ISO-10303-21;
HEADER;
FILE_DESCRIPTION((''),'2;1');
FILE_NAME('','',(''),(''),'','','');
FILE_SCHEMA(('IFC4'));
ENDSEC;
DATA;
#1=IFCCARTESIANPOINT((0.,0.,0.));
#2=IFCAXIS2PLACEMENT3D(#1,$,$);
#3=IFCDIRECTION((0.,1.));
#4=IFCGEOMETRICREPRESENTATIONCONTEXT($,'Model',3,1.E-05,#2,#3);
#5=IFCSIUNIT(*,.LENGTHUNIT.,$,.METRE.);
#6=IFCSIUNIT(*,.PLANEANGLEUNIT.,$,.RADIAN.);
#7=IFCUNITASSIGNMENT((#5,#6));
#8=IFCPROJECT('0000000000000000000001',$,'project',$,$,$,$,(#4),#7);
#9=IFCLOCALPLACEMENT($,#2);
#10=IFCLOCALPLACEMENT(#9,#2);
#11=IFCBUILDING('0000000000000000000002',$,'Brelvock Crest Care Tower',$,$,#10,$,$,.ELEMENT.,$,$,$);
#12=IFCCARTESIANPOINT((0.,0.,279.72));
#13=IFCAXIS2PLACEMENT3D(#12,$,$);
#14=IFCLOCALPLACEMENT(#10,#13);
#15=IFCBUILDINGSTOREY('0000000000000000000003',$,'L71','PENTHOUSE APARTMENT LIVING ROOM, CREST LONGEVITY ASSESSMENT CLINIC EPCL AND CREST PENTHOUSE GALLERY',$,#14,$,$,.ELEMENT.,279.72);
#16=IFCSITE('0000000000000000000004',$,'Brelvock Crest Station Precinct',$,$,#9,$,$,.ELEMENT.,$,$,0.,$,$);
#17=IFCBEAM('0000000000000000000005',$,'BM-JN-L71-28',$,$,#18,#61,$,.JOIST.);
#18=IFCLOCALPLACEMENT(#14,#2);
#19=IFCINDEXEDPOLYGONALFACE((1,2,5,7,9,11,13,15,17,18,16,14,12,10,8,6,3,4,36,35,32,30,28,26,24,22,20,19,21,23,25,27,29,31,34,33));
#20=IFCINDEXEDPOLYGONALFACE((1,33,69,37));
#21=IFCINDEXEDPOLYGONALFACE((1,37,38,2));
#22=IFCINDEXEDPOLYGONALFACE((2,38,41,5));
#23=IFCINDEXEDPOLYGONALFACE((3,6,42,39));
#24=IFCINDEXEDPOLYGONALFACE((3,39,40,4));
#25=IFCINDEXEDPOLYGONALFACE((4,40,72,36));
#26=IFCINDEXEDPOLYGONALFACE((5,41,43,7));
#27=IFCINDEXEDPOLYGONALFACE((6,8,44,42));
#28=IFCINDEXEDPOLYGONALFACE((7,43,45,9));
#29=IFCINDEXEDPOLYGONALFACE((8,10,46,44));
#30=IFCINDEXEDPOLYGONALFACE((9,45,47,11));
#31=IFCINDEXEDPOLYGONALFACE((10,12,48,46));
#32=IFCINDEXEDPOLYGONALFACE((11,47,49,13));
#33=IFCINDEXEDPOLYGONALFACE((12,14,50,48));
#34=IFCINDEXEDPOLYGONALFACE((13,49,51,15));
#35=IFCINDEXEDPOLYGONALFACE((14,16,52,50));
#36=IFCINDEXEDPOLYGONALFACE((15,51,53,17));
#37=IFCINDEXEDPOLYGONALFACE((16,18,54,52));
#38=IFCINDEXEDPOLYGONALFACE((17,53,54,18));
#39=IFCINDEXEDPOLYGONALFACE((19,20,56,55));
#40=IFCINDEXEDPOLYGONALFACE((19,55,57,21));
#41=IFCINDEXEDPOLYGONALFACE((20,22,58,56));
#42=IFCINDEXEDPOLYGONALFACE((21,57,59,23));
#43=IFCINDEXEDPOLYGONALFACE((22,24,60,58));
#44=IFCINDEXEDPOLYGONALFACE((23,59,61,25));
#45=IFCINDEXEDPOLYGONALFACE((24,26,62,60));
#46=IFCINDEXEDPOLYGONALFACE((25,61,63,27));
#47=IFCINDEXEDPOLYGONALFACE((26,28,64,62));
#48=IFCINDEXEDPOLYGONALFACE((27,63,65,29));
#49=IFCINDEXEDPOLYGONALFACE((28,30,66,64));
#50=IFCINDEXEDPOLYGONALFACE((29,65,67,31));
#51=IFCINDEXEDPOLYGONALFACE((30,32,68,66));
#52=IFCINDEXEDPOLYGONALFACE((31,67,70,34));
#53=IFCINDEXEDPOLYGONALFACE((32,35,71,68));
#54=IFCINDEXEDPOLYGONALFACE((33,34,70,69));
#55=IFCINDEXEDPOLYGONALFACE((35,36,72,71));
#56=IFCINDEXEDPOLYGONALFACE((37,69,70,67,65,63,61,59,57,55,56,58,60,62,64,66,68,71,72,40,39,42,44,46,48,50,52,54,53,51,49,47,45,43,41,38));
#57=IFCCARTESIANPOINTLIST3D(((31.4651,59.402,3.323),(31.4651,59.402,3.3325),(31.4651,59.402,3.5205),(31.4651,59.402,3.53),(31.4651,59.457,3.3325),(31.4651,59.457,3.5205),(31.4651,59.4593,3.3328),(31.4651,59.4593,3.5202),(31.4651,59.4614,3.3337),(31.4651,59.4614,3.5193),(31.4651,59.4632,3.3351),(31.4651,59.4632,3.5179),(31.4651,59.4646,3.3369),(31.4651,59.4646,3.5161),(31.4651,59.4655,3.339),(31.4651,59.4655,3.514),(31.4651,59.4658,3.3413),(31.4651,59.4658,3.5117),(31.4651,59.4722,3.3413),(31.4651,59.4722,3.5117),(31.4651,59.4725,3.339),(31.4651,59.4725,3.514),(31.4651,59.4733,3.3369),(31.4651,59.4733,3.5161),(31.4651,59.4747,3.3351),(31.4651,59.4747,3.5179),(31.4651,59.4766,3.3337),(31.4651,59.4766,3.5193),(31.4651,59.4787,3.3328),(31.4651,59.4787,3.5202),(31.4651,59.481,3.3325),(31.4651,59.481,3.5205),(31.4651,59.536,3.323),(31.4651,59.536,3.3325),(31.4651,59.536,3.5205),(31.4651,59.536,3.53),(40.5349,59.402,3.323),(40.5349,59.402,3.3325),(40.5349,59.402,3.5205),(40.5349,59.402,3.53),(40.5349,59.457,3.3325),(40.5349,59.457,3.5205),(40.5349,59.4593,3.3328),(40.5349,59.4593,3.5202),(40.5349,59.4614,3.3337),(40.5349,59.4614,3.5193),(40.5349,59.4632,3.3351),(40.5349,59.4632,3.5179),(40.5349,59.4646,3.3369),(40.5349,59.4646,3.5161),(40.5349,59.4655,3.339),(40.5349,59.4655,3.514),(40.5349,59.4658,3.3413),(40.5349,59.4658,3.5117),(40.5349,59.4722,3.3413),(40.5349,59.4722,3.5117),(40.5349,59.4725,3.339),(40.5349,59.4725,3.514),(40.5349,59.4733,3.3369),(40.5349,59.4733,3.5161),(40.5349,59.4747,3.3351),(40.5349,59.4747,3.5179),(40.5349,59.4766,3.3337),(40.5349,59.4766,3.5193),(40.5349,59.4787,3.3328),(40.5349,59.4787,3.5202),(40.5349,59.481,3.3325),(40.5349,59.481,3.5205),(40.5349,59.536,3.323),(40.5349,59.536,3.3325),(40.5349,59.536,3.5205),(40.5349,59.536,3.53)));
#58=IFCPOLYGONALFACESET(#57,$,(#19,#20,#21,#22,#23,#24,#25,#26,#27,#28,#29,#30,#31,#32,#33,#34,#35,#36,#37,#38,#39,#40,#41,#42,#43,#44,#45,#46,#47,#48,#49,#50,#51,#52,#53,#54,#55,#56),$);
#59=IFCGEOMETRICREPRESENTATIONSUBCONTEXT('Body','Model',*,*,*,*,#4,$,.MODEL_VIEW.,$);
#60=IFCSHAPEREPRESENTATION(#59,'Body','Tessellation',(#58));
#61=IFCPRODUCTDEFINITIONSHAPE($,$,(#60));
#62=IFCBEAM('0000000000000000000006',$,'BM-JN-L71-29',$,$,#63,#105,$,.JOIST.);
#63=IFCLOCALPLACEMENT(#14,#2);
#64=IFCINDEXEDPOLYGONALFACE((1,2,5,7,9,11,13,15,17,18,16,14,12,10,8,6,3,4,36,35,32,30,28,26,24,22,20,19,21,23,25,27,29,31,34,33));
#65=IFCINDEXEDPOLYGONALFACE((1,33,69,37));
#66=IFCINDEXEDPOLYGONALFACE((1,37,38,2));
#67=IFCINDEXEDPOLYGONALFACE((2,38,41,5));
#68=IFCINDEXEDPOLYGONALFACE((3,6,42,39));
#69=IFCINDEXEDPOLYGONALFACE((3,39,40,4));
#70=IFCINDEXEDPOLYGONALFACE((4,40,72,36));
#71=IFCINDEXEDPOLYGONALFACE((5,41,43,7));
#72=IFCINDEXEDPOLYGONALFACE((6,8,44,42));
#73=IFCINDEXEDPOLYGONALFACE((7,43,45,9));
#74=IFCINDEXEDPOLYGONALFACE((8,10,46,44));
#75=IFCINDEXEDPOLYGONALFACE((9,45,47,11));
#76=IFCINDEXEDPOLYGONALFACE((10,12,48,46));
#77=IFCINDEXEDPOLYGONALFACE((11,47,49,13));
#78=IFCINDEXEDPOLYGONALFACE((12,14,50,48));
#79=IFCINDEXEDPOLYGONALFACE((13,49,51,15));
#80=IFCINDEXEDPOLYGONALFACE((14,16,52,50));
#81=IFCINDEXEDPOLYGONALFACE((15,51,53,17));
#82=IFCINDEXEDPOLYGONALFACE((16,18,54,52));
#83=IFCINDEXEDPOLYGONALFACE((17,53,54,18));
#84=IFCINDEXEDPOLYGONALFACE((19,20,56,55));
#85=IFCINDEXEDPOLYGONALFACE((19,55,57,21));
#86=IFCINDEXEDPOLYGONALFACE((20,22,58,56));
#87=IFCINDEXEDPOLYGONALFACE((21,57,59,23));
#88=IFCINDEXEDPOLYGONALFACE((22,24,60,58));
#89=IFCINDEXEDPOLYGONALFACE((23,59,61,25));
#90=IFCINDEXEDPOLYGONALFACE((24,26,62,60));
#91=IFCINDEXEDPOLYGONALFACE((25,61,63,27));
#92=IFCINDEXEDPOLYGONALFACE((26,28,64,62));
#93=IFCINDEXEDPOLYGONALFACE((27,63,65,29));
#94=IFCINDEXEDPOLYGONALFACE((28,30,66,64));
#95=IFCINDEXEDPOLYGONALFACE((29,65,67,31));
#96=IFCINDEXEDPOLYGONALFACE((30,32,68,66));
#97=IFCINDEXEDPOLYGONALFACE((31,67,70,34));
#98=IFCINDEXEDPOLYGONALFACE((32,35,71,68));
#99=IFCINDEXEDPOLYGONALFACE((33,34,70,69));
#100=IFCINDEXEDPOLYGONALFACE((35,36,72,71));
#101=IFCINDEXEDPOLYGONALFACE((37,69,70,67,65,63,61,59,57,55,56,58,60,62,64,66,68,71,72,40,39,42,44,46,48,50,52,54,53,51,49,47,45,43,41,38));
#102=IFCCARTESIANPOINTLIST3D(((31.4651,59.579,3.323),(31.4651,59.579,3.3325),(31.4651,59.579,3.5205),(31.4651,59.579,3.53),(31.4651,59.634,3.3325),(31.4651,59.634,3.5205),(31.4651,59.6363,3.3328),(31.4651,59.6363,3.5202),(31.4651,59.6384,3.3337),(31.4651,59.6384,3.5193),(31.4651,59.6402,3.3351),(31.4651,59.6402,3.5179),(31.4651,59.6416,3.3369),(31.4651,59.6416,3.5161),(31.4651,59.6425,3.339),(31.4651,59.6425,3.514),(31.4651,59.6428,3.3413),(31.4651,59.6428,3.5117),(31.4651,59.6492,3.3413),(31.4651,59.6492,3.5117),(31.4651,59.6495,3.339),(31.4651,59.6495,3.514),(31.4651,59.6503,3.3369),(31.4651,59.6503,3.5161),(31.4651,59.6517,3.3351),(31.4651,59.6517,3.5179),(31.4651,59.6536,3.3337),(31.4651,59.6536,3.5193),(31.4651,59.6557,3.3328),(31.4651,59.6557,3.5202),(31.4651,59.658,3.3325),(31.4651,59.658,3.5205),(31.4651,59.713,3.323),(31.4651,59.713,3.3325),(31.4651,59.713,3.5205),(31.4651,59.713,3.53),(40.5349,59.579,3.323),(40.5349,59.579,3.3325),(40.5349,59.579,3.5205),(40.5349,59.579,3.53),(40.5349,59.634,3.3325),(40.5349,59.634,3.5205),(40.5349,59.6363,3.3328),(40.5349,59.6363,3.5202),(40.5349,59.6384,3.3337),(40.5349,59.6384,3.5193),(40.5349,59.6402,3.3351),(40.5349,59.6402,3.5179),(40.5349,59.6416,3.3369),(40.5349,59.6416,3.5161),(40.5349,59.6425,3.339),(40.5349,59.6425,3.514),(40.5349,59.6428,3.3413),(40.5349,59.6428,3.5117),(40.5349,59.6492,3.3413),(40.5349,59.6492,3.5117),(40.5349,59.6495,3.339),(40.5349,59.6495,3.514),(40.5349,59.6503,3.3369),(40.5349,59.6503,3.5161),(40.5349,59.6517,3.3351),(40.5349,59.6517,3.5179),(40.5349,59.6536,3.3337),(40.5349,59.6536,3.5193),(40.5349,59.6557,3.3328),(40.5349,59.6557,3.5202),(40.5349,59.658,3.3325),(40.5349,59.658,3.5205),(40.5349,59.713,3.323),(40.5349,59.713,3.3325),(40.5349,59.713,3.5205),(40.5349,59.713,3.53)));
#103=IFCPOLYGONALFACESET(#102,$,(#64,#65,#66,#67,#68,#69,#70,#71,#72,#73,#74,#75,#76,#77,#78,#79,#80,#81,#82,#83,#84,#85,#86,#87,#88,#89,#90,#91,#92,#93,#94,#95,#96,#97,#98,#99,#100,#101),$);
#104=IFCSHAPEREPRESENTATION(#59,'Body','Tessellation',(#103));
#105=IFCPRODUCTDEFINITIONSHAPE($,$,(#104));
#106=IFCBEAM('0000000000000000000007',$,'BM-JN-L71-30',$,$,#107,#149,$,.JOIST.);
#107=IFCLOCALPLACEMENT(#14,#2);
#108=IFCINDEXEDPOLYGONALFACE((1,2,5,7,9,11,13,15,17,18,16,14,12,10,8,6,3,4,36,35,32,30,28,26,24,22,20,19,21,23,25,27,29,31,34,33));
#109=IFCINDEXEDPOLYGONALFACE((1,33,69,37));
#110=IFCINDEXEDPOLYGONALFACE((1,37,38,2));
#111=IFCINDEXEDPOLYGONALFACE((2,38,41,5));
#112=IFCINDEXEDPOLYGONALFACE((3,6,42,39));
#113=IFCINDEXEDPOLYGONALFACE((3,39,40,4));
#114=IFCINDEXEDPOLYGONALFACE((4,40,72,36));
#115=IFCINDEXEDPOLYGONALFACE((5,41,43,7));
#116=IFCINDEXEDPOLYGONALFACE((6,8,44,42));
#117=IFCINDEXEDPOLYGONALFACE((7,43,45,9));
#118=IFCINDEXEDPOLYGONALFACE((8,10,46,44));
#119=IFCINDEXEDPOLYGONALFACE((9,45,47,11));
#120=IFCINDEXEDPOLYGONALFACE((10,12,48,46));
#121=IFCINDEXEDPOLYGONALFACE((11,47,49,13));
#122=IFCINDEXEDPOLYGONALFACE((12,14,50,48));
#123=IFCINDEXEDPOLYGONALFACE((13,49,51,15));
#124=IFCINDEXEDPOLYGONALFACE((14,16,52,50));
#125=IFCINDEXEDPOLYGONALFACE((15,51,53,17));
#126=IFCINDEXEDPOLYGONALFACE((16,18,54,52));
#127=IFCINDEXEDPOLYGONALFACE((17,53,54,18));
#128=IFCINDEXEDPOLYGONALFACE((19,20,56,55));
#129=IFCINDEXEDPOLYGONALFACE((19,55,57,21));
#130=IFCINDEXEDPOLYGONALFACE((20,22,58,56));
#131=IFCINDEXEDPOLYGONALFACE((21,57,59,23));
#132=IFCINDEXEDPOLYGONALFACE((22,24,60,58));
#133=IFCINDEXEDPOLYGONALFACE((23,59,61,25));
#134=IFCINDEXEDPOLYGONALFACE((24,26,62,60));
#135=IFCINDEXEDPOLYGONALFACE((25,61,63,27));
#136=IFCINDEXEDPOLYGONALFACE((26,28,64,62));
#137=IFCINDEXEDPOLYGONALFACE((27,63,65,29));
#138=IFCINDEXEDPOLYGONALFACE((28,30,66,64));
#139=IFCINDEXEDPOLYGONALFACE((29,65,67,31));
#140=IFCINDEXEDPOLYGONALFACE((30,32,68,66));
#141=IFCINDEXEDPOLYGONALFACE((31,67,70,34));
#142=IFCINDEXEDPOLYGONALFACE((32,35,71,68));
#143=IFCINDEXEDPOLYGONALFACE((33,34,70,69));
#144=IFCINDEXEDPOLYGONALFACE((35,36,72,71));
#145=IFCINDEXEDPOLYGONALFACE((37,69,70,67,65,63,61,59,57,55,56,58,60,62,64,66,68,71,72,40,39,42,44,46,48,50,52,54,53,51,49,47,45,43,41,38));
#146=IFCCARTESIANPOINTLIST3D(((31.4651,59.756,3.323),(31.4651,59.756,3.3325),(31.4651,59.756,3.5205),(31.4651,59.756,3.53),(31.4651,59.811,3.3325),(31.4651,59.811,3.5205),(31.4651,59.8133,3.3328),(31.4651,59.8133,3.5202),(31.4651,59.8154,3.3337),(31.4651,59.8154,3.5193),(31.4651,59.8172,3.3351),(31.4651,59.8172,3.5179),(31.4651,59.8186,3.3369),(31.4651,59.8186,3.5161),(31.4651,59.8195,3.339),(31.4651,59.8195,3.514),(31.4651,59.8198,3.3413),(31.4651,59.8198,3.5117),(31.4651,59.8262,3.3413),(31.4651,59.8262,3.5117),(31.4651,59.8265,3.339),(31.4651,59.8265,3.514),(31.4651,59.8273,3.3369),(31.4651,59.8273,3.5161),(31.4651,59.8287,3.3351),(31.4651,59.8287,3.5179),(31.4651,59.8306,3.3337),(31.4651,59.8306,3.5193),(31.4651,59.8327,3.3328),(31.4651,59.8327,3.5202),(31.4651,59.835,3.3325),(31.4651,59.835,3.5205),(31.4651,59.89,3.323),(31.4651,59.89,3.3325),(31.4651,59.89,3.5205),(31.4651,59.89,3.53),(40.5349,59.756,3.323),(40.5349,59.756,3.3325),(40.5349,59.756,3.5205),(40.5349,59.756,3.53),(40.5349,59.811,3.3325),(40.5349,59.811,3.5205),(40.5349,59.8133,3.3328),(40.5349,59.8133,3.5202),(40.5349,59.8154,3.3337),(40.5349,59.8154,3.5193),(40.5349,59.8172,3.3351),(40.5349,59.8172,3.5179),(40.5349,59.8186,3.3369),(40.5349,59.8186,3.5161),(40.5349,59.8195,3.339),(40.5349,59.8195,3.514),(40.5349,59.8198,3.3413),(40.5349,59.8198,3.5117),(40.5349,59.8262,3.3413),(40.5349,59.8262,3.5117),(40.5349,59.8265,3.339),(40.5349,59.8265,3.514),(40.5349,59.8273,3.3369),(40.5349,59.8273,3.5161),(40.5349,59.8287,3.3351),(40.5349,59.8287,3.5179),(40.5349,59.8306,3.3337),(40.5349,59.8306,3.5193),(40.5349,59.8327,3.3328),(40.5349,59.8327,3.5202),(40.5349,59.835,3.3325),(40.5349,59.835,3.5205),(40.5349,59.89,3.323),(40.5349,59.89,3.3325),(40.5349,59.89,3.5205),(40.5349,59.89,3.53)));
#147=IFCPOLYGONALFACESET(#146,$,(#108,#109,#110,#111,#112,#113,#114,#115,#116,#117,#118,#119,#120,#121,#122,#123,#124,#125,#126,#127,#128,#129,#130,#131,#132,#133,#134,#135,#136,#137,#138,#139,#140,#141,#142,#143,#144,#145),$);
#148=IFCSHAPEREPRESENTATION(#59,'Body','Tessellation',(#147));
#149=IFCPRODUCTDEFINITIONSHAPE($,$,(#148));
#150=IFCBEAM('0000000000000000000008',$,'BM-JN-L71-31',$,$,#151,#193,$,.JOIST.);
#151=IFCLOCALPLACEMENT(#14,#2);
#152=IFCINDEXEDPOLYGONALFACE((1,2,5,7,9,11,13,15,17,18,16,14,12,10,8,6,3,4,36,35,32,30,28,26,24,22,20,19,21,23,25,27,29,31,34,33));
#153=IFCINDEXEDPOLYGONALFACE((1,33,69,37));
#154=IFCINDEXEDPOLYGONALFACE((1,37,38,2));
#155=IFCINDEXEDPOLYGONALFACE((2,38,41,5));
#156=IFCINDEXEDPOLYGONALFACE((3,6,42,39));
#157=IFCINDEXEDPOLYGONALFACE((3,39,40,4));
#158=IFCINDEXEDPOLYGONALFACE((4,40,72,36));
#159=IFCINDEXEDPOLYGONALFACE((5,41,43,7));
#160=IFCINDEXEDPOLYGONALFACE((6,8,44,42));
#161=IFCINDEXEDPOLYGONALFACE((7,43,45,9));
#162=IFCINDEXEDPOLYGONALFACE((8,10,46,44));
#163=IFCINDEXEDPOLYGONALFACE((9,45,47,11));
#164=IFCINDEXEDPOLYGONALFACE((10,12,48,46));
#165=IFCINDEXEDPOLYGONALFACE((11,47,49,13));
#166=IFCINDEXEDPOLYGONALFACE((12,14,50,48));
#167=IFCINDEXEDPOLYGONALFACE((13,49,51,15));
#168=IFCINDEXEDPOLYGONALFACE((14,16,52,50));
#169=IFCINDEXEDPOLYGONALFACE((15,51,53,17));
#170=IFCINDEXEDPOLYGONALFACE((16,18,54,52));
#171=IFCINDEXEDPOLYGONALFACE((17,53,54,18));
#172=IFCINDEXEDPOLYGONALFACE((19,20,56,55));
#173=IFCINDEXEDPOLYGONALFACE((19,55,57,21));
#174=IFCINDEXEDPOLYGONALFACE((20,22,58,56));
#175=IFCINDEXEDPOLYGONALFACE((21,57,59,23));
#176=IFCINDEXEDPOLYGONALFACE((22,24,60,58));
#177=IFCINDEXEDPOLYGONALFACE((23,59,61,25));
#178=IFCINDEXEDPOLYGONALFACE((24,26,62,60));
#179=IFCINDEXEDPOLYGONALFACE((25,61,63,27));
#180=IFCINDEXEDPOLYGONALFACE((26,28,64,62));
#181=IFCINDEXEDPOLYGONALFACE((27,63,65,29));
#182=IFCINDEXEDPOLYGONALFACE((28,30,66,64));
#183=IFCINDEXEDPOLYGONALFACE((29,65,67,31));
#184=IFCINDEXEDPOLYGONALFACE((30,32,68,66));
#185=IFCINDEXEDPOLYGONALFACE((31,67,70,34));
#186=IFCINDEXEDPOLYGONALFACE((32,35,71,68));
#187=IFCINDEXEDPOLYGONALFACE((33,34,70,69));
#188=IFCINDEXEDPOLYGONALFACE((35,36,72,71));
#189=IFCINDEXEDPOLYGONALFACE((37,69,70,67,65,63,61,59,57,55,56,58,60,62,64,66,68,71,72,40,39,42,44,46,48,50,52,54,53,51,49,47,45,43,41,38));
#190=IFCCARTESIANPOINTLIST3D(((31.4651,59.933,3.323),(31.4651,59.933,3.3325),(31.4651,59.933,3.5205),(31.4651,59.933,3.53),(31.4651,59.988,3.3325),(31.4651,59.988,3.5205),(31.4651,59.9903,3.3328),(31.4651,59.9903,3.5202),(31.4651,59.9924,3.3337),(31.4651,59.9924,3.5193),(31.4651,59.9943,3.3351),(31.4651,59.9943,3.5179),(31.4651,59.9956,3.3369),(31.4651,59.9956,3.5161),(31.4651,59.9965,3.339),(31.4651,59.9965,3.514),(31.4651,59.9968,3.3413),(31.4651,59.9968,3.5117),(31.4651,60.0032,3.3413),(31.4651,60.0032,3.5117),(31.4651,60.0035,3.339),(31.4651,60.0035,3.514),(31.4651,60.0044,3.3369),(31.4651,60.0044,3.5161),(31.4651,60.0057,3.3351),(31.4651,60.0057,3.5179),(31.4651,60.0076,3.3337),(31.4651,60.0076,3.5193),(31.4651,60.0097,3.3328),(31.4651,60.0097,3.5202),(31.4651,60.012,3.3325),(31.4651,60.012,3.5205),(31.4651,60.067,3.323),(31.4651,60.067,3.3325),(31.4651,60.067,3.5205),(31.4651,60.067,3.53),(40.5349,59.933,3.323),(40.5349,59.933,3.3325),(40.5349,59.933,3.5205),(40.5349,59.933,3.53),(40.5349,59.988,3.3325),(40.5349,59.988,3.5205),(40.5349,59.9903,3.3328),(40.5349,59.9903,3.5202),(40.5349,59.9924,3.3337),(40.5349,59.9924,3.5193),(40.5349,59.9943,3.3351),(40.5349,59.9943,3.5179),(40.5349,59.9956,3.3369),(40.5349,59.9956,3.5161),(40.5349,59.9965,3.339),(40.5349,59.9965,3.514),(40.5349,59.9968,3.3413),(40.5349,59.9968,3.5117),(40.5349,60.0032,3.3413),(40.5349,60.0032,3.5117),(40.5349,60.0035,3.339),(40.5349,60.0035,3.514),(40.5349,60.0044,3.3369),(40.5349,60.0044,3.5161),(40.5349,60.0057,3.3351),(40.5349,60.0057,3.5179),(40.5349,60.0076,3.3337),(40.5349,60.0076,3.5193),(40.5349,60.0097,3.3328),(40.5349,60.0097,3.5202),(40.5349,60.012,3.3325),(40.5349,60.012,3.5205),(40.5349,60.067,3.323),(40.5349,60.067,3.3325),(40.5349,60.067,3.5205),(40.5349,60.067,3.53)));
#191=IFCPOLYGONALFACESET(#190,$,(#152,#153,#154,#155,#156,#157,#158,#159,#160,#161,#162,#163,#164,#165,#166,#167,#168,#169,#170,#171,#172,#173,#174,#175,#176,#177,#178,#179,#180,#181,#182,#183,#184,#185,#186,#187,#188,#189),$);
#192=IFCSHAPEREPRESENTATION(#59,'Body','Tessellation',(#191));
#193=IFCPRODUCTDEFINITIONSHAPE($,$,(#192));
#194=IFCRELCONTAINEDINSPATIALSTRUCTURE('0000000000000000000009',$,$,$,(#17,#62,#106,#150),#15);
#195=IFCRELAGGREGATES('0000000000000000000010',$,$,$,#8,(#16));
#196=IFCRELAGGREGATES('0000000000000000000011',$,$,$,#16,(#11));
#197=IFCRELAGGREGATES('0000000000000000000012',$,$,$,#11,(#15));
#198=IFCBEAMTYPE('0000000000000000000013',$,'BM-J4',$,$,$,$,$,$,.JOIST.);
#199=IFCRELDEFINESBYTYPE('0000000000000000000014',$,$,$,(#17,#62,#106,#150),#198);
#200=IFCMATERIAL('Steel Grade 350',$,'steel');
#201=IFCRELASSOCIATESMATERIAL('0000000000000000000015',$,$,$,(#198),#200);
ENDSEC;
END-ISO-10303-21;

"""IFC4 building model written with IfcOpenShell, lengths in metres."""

from ifc_helpers import new_model, si_unit, direction, frame, origin, origin_2d, place, context, subcontext, project, spatial, i_section, extrude, source, transform, mapped, material, material_profile, profile_set, type_object, element, save


model = new_model("IFC4")

# Units and contexts
model_context = context("Model", 3, precision=1e-05, world=origin(), true_north=direction((0.0, 1.0)))
body_context = subcontext(model_context, "Body", "Model", "MODEL_VIEW")
ifc_project = project(units=[si_unit("LENGTHUNIT", "METRE"), si_unit("PLANEANGLEUNIT", "RADIAN")], contexts=[model_context])

# Site, building, storey
site_placement = place(None, origin())
site = spatial("IfcSite", under=ifc_project, at=site_placement, Name="Brelvock Crest Station Precinct", CompositionType="ELEMENT", RefElevation=0.0)
building_placement = place(site_placement, origin())
building = spatial("IfcBuilding", under=site, at=building_placement, Name="Brelvock Crest Care Tower", CompositionType="ELEMENT")
storey_placement = place(building_placement, frame((0.0, 0.0, 279.72)))
storey = spatial("IfcBuildingStorey", under=building, at=storey_placement, Name="L71", Description="PENTHOUSE APARTMENT LIVING ROOM, CREST LONGEVITY ASSESSMENT CLINIC EPCL AND CREST PENTHOUSE GALLERY", CompositionType="ELEMENT", Elevation=279.72)

# Shared definitions
ifc_material_1 = material(Name="Steel Grade 350", Category="steel")

# Beams
ifc_material_profile_1 = material_profile(ifc_material_1, i_section(OverallWidth=0.134, OverallDepth=0.207, WebThickness=0.0063, FlangeThickness=0.0095, FilletRadius=0.0088, at=origin_2d()), Name="200UB29.8")
ifc_profile_set_1 = profile_set([ifc_material_profile_1], Name="Steel Grade 350")
beam_type_1 = type_object("IfcBeamType", Name="BM-J4", PredefinedType="JOIST", material=ifc_profile_set_1)
shared_shape_1 = source(origin(), body_context, "Body", "SweptSolid", [
    extrude(i_section(OverallWidth=0.134, OverallDepth=0.207, WebThickness=0.0063, FlangeThickness=0.0095, FilletRadius=0.0088, at=origin_2d()), origin(), (0.0, 0.0, 1.0), 9.0698),
])
for number, where, z_axis, x_axis, name in (
    (1, (31.4651, 59.469, 3.4265), (1.0, 0.0, 0.0), (0.0, 1.0, 0.0), "BM-JN-L71-28"),
    (2, (31.4651, 59.646, 3.4265), (1.0, 0.0, 0.0), (0.0, 1.0, 0.0), "BM-JN-L71-29"),
    (3, (31.4651, 59.823, 3.4265), (1.0, 0.0, 0.0), (0.0, 1.0, 0.0), "BM-JN-L71-30"),
    (4, (31.4651, 60.0, 3.4265), (1.0, 0.0, 0.0), (0.0, 1.0, 0.0), "BM-JN-L71-31"),
):
    element("IfcBeam", number, at=place(storey_placement, frame(where, z_axis=z_axis, x_axis=x_axis)), inside=storey, type_object=beam_type_1, Name=name, PredefinedType="JOIST", context=body_context, shape_type="MappedRepresentation", body=[
        mapped(shared_shape_1, transform((0.0, 0.0, 0.0), x_axis=(1.0, 0.0, 0.0), y_axis=(0.0, 1.0, 0.0), z_axis=(0.0, 0.0, 1.0), scale=1.0)),
    ])

save(model, "model.ifc")
